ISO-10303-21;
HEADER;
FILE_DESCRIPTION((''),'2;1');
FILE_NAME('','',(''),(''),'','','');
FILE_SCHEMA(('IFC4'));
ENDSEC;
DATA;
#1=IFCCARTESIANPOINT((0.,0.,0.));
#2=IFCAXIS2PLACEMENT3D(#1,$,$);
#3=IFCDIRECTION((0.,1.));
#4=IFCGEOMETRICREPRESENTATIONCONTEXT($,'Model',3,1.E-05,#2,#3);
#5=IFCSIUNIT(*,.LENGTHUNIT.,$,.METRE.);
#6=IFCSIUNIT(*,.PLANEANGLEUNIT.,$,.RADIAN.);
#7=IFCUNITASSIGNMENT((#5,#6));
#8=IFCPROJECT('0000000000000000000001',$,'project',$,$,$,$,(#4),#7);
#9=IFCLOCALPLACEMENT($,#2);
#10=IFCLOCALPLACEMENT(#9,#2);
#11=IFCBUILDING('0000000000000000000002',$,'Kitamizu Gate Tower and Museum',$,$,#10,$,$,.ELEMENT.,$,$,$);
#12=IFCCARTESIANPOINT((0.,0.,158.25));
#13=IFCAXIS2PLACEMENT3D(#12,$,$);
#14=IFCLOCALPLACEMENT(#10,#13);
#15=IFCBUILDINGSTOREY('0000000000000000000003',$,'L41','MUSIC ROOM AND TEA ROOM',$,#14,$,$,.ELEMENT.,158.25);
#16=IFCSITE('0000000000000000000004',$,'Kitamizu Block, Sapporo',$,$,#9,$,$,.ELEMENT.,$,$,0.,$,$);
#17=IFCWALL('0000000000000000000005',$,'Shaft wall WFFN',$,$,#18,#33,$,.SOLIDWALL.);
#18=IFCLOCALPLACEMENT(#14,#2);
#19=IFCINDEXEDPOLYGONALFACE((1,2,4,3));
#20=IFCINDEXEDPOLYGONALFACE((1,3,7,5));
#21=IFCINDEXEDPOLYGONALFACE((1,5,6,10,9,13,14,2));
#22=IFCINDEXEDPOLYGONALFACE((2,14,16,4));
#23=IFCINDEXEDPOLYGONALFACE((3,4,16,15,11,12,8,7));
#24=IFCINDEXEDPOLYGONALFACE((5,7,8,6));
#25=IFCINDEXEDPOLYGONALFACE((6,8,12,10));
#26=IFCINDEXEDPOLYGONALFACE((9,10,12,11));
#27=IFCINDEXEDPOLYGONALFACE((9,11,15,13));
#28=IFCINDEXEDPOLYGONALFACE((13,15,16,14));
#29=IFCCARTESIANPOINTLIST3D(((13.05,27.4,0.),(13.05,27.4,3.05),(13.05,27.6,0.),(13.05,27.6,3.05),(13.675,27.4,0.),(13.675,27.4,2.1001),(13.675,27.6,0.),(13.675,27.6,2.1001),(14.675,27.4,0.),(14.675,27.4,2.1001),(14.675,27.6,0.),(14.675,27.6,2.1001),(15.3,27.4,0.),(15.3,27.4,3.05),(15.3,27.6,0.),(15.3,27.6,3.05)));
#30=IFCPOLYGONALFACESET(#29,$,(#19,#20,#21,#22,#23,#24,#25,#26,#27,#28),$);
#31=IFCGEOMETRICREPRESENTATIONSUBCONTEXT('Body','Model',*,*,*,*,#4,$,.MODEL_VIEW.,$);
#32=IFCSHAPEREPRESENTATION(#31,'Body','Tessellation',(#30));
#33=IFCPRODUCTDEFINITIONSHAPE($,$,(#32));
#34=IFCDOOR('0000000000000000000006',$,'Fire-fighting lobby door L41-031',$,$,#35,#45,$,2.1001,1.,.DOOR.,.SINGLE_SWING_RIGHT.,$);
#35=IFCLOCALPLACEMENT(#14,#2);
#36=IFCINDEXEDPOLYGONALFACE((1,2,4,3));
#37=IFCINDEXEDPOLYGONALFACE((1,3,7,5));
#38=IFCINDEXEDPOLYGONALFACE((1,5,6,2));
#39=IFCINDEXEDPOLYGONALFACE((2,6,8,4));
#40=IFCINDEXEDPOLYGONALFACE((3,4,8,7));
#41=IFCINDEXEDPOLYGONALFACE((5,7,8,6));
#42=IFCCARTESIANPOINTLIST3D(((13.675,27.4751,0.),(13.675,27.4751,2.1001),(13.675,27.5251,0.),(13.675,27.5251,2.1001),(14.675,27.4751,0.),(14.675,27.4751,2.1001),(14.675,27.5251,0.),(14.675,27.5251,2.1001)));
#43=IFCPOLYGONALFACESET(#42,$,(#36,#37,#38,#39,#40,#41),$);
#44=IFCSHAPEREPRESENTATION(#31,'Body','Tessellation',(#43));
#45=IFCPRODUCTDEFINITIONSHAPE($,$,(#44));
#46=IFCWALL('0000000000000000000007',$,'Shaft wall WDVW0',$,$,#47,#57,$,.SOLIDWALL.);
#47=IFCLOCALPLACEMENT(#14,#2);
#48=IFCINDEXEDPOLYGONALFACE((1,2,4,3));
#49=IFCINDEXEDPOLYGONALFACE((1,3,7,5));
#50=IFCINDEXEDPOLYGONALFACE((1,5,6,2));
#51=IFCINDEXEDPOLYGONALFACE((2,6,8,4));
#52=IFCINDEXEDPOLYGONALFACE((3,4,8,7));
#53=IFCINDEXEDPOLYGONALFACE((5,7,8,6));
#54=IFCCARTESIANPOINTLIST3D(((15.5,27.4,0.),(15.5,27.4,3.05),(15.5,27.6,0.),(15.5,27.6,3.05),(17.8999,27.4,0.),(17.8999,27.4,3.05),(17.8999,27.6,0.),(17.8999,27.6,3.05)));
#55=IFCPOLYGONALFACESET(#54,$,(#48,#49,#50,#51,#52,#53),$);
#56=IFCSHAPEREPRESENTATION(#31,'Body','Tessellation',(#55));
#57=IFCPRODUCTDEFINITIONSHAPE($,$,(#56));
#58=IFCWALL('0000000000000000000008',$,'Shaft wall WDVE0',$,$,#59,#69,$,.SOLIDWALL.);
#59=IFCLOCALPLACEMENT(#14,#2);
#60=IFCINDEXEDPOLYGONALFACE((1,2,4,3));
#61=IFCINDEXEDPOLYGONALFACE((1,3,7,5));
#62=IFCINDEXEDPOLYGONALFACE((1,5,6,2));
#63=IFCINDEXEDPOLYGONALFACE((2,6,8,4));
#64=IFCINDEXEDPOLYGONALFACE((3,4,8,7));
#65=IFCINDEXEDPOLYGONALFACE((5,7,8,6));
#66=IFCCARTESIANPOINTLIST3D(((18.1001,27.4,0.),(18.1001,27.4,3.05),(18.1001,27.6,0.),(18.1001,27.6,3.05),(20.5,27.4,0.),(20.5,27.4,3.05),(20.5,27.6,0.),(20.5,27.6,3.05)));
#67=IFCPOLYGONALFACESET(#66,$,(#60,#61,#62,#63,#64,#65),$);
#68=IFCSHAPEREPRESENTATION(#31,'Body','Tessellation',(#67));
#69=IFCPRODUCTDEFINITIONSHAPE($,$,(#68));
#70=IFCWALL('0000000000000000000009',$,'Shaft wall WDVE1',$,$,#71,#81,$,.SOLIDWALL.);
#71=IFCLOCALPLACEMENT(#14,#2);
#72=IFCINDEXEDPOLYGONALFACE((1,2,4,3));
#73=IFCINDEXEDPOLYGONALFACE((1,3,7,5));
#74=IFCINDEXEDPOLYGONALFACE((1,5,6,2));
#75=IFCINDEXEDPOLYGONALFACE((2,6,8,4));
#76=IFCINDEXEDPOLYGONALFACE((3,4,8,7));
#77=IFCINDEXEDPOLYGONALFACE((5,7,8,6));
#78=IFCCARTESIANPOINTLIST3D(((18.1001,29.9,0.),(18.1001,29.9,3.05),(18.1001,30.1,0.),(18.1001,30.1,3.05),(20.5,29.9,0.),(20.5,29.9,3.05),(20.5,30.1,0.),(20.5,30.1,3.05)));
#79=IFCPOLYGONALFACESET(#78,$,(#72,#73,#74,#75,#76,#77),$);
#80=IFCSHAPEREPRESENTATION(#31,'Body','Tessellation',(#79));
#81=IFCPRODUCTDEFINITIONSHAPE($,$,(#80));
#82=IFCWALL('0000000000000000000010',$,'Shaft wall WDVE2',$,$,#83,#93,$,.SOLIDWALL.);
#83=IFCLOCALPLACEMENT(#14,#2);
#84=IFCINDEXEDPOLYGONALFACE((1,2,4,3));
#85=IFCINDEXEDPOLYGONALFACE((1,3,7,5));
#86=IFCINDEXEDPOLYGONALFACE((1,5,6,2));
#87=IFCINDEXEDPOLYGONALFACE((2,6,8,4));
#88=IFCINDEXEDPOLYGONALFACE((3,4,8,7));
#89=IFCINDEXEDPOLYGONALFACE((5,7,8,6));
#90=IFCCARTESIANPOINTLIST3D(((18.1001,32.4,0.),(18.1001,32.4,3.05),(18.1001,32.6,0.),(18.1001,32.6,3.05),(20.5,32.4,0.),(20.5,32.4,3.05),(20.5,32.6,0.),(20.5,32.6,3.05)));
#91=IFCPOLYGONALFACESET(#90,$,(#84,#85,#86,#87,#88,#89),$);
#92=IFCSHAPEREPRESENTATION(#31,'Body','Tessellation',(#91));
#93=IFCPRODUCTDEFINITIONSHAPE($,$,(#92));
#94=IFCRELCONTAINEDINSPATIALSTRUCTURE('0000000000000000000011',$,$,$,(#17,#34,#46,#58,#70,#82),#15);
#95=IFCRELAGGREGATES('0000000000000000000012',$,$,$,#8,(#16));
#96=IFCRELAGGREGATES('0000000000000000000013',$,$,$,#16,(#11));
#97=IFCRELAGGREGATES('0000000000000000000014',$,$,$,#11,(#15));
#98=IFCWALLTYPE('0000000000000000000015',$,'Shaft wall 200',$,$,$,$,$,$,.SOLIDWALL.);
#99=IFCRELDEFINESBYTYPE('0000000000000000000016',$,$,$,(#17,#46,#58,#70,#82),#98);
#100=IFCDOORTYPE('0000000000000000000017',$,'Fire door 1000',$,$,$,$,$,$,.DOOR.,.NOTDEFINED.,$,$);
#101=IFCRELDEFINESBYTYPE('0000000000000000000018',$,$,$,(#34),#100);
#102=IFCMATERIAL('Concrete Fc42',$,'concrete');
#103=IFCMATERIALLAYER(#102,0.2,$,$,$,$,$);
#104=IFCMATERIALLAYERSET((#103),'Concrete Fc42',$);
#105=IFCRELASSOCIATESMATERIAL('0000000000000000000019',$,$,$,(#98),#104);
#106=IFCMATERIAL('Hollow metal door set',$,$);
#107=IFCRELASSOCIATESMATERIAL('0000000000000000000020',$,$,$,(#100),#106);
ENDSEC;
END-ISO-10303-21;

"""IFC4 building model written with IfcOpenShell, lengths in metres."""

from ifc_helpers import new_model, si_unit, direction, frame, frame_2d, origin, place, context, subcontext, project, spatial, rectangle, extrude, material, layer, layer_set, type_object, element, fill, save


model = new_model("IFC4")

# Units and contexts
model_context = context("Model", 3, precision=1e-05, world=origin(), true_north=direction((0.0, 1.0)))
body_context = subcontext(model_context, "Body", "Model", "MODEL_VIEW")
ifc_project = project(units=[si_unit("LENGTHUNIT", "METRE"), si_unit("PLANEANGLEUNIT", "RADIAN")], contexts=[model_context])

# Site, building, storey
site_placement = place(None, origin())
site = spatial("IfcSite", under=ifc_project, at=site_placement, Name="Kitamizu Block, Sapporo", CompositionType="ELEMENT", RefElevation=0.0)
building_placement = place(site_placement, origin())
building = spatial("IfcBuilding", under=site, at=building_placement, Name="Kitamizu Gate Tower and Museum", CompositionType="ELEMENT")
storey_placement = place(building_placement, frame((0.0, 0.0, 158.25)))
storey = spatial("IfcBuildingStorey", under=building, at=storey_placement, Name="L41", Description="MUSIC ROOM AND TEA ROOM", CompositionType="ELEMENT", Elevation=158.25)

# Shared definitions
ifc_material_1 = material(Name="Concrete Fc42", Category="concrete")
ifc_layer_1 = layer(ifc_material_1, 0.2)
ifc_layer_set_1 = layer_set([ifc_layer_1], Name="Concrete Fc42")
wall_type_1 = type_object("IfcWallType", Name="Shaft wall 200", PredefinedType="SOLIDWALL", material=ifc_layer_set_1)
ifc_material_2 = material(Name="Hollow metal door set")
door_type_1 = type_object("IfcDoorType", Name="Fire door 1000", OperationType="NOTDEFINED", PredefinedType="DOOR", material=ifc_material_2)

# Wall, opening, door
wall_1_placement = place(storey_placement, frame((13.05, 27.5, 0.0), z_axis=(0.0, 0.0, 1.0), x_axis=(1.0, 0.0, 0.0)))
wall_1 = element("IfcWall", 1, at=wall_1_placement, inside=storey, type_object=wall_type_1, Name="Shaft wall WFFN", PredefinedType="SOLIDWALL", context=body_context, shape_type="SweptSolid", body=[
    extrude(rectangle(XDim=2.25, YDim=0.2, at=frame_2d((1.125, 0.0))), origin(), (0.0, 0.0, 1.0), 3.05),
])
opening_1_placement = place(wall_1_placement, frame((0.625, 0.0, 0.0)))
opening_1 = element("IfcOpeningElement", 2, at=opening_1_placement, cuts=wall_1, PredefinedType="OPENING", context=body_context, shape_type="SweptSolid", body=[
    extrude(rectangle(XDim=1.0, YDim=2.1001, at=frame_2d((0.5, 1.05))), frame((0.0, 0.1099, 0.0), z_axis=(0.0, -1.0, 0.0), x_axis=(1.0, 0.0, 0.0)), (0.0, 0.0, 1.0), 0.22),
])
door_1_placement = place(opening_1_placement, frame((1.0, 0.0, 0.0), x_axis=(-1.0, 0.0, 0.0)))
door_1 = element("IfcDoor", 3, at=door_1_placement, inside=storey, type_object=door_type_1, Name="Fire-fighting lobby door L41-031", OperationType="SINGLE_SWING_RIGHT", OverallHeight=2.1001, OverallWidth=1.0, PredefinedType="DOOR", context=body_context, shape_type="SweptSolid", body=[
    extrude(rectangle(XDim=1.0, YDim=2.1001, at=frame_2d((0.5, 1.05))), frame((0.0, 0.0249, 0.0), z_axis=(0.0, -1.0, 0.0), x_axis=(1.0, 0.0, 0.0)), (0.0, 0.0, 1.0), 0.05),
])
fill(opening_1, door_1)

# Walls
for number, where, z_axis, x_axis, name in (
    (4, (15.5, 27.5, 0.0), (0.0, 0.0, 1.0), (1.0, 0.0, 0.0), "Shaft wall WDVW0"),
    (5, (18.1001, 27.5, 0.0), (0.0, 0.0, 1.0), (1.0, 0.0, 0.0), "Shaft wall WDVE0"),
    (6, (18.1001, 30.0, 0.0), (0.0, 0.0, 1.0), (1.0, 0.0, 0.0), "Shaft wall WDVE1"),
    (7, (18.1001, 32.5, 0.0), (0.0, 0.0, 1.0), (1.0, 0.0, 0.0), "Shaft wall WDVE2"),
):
    element("IfcWall", number, at=place(storey_placement, frame(where, z_axis=z_axis, x_axis=x_axis)), inside=storey, type_object=wall_type_1, Name=name, PredefinedType="SOLIDWALL", context=body_context, shape_type="SweptSolid", body=[
        extrude(rectangle(XDim=2.3999, YDim=0.2, at=frame_2d((1.2, 0.0))), origin(), (0.0, 0.0, 1.0), 3.05),
    ])

save(model, "model.ifc")
